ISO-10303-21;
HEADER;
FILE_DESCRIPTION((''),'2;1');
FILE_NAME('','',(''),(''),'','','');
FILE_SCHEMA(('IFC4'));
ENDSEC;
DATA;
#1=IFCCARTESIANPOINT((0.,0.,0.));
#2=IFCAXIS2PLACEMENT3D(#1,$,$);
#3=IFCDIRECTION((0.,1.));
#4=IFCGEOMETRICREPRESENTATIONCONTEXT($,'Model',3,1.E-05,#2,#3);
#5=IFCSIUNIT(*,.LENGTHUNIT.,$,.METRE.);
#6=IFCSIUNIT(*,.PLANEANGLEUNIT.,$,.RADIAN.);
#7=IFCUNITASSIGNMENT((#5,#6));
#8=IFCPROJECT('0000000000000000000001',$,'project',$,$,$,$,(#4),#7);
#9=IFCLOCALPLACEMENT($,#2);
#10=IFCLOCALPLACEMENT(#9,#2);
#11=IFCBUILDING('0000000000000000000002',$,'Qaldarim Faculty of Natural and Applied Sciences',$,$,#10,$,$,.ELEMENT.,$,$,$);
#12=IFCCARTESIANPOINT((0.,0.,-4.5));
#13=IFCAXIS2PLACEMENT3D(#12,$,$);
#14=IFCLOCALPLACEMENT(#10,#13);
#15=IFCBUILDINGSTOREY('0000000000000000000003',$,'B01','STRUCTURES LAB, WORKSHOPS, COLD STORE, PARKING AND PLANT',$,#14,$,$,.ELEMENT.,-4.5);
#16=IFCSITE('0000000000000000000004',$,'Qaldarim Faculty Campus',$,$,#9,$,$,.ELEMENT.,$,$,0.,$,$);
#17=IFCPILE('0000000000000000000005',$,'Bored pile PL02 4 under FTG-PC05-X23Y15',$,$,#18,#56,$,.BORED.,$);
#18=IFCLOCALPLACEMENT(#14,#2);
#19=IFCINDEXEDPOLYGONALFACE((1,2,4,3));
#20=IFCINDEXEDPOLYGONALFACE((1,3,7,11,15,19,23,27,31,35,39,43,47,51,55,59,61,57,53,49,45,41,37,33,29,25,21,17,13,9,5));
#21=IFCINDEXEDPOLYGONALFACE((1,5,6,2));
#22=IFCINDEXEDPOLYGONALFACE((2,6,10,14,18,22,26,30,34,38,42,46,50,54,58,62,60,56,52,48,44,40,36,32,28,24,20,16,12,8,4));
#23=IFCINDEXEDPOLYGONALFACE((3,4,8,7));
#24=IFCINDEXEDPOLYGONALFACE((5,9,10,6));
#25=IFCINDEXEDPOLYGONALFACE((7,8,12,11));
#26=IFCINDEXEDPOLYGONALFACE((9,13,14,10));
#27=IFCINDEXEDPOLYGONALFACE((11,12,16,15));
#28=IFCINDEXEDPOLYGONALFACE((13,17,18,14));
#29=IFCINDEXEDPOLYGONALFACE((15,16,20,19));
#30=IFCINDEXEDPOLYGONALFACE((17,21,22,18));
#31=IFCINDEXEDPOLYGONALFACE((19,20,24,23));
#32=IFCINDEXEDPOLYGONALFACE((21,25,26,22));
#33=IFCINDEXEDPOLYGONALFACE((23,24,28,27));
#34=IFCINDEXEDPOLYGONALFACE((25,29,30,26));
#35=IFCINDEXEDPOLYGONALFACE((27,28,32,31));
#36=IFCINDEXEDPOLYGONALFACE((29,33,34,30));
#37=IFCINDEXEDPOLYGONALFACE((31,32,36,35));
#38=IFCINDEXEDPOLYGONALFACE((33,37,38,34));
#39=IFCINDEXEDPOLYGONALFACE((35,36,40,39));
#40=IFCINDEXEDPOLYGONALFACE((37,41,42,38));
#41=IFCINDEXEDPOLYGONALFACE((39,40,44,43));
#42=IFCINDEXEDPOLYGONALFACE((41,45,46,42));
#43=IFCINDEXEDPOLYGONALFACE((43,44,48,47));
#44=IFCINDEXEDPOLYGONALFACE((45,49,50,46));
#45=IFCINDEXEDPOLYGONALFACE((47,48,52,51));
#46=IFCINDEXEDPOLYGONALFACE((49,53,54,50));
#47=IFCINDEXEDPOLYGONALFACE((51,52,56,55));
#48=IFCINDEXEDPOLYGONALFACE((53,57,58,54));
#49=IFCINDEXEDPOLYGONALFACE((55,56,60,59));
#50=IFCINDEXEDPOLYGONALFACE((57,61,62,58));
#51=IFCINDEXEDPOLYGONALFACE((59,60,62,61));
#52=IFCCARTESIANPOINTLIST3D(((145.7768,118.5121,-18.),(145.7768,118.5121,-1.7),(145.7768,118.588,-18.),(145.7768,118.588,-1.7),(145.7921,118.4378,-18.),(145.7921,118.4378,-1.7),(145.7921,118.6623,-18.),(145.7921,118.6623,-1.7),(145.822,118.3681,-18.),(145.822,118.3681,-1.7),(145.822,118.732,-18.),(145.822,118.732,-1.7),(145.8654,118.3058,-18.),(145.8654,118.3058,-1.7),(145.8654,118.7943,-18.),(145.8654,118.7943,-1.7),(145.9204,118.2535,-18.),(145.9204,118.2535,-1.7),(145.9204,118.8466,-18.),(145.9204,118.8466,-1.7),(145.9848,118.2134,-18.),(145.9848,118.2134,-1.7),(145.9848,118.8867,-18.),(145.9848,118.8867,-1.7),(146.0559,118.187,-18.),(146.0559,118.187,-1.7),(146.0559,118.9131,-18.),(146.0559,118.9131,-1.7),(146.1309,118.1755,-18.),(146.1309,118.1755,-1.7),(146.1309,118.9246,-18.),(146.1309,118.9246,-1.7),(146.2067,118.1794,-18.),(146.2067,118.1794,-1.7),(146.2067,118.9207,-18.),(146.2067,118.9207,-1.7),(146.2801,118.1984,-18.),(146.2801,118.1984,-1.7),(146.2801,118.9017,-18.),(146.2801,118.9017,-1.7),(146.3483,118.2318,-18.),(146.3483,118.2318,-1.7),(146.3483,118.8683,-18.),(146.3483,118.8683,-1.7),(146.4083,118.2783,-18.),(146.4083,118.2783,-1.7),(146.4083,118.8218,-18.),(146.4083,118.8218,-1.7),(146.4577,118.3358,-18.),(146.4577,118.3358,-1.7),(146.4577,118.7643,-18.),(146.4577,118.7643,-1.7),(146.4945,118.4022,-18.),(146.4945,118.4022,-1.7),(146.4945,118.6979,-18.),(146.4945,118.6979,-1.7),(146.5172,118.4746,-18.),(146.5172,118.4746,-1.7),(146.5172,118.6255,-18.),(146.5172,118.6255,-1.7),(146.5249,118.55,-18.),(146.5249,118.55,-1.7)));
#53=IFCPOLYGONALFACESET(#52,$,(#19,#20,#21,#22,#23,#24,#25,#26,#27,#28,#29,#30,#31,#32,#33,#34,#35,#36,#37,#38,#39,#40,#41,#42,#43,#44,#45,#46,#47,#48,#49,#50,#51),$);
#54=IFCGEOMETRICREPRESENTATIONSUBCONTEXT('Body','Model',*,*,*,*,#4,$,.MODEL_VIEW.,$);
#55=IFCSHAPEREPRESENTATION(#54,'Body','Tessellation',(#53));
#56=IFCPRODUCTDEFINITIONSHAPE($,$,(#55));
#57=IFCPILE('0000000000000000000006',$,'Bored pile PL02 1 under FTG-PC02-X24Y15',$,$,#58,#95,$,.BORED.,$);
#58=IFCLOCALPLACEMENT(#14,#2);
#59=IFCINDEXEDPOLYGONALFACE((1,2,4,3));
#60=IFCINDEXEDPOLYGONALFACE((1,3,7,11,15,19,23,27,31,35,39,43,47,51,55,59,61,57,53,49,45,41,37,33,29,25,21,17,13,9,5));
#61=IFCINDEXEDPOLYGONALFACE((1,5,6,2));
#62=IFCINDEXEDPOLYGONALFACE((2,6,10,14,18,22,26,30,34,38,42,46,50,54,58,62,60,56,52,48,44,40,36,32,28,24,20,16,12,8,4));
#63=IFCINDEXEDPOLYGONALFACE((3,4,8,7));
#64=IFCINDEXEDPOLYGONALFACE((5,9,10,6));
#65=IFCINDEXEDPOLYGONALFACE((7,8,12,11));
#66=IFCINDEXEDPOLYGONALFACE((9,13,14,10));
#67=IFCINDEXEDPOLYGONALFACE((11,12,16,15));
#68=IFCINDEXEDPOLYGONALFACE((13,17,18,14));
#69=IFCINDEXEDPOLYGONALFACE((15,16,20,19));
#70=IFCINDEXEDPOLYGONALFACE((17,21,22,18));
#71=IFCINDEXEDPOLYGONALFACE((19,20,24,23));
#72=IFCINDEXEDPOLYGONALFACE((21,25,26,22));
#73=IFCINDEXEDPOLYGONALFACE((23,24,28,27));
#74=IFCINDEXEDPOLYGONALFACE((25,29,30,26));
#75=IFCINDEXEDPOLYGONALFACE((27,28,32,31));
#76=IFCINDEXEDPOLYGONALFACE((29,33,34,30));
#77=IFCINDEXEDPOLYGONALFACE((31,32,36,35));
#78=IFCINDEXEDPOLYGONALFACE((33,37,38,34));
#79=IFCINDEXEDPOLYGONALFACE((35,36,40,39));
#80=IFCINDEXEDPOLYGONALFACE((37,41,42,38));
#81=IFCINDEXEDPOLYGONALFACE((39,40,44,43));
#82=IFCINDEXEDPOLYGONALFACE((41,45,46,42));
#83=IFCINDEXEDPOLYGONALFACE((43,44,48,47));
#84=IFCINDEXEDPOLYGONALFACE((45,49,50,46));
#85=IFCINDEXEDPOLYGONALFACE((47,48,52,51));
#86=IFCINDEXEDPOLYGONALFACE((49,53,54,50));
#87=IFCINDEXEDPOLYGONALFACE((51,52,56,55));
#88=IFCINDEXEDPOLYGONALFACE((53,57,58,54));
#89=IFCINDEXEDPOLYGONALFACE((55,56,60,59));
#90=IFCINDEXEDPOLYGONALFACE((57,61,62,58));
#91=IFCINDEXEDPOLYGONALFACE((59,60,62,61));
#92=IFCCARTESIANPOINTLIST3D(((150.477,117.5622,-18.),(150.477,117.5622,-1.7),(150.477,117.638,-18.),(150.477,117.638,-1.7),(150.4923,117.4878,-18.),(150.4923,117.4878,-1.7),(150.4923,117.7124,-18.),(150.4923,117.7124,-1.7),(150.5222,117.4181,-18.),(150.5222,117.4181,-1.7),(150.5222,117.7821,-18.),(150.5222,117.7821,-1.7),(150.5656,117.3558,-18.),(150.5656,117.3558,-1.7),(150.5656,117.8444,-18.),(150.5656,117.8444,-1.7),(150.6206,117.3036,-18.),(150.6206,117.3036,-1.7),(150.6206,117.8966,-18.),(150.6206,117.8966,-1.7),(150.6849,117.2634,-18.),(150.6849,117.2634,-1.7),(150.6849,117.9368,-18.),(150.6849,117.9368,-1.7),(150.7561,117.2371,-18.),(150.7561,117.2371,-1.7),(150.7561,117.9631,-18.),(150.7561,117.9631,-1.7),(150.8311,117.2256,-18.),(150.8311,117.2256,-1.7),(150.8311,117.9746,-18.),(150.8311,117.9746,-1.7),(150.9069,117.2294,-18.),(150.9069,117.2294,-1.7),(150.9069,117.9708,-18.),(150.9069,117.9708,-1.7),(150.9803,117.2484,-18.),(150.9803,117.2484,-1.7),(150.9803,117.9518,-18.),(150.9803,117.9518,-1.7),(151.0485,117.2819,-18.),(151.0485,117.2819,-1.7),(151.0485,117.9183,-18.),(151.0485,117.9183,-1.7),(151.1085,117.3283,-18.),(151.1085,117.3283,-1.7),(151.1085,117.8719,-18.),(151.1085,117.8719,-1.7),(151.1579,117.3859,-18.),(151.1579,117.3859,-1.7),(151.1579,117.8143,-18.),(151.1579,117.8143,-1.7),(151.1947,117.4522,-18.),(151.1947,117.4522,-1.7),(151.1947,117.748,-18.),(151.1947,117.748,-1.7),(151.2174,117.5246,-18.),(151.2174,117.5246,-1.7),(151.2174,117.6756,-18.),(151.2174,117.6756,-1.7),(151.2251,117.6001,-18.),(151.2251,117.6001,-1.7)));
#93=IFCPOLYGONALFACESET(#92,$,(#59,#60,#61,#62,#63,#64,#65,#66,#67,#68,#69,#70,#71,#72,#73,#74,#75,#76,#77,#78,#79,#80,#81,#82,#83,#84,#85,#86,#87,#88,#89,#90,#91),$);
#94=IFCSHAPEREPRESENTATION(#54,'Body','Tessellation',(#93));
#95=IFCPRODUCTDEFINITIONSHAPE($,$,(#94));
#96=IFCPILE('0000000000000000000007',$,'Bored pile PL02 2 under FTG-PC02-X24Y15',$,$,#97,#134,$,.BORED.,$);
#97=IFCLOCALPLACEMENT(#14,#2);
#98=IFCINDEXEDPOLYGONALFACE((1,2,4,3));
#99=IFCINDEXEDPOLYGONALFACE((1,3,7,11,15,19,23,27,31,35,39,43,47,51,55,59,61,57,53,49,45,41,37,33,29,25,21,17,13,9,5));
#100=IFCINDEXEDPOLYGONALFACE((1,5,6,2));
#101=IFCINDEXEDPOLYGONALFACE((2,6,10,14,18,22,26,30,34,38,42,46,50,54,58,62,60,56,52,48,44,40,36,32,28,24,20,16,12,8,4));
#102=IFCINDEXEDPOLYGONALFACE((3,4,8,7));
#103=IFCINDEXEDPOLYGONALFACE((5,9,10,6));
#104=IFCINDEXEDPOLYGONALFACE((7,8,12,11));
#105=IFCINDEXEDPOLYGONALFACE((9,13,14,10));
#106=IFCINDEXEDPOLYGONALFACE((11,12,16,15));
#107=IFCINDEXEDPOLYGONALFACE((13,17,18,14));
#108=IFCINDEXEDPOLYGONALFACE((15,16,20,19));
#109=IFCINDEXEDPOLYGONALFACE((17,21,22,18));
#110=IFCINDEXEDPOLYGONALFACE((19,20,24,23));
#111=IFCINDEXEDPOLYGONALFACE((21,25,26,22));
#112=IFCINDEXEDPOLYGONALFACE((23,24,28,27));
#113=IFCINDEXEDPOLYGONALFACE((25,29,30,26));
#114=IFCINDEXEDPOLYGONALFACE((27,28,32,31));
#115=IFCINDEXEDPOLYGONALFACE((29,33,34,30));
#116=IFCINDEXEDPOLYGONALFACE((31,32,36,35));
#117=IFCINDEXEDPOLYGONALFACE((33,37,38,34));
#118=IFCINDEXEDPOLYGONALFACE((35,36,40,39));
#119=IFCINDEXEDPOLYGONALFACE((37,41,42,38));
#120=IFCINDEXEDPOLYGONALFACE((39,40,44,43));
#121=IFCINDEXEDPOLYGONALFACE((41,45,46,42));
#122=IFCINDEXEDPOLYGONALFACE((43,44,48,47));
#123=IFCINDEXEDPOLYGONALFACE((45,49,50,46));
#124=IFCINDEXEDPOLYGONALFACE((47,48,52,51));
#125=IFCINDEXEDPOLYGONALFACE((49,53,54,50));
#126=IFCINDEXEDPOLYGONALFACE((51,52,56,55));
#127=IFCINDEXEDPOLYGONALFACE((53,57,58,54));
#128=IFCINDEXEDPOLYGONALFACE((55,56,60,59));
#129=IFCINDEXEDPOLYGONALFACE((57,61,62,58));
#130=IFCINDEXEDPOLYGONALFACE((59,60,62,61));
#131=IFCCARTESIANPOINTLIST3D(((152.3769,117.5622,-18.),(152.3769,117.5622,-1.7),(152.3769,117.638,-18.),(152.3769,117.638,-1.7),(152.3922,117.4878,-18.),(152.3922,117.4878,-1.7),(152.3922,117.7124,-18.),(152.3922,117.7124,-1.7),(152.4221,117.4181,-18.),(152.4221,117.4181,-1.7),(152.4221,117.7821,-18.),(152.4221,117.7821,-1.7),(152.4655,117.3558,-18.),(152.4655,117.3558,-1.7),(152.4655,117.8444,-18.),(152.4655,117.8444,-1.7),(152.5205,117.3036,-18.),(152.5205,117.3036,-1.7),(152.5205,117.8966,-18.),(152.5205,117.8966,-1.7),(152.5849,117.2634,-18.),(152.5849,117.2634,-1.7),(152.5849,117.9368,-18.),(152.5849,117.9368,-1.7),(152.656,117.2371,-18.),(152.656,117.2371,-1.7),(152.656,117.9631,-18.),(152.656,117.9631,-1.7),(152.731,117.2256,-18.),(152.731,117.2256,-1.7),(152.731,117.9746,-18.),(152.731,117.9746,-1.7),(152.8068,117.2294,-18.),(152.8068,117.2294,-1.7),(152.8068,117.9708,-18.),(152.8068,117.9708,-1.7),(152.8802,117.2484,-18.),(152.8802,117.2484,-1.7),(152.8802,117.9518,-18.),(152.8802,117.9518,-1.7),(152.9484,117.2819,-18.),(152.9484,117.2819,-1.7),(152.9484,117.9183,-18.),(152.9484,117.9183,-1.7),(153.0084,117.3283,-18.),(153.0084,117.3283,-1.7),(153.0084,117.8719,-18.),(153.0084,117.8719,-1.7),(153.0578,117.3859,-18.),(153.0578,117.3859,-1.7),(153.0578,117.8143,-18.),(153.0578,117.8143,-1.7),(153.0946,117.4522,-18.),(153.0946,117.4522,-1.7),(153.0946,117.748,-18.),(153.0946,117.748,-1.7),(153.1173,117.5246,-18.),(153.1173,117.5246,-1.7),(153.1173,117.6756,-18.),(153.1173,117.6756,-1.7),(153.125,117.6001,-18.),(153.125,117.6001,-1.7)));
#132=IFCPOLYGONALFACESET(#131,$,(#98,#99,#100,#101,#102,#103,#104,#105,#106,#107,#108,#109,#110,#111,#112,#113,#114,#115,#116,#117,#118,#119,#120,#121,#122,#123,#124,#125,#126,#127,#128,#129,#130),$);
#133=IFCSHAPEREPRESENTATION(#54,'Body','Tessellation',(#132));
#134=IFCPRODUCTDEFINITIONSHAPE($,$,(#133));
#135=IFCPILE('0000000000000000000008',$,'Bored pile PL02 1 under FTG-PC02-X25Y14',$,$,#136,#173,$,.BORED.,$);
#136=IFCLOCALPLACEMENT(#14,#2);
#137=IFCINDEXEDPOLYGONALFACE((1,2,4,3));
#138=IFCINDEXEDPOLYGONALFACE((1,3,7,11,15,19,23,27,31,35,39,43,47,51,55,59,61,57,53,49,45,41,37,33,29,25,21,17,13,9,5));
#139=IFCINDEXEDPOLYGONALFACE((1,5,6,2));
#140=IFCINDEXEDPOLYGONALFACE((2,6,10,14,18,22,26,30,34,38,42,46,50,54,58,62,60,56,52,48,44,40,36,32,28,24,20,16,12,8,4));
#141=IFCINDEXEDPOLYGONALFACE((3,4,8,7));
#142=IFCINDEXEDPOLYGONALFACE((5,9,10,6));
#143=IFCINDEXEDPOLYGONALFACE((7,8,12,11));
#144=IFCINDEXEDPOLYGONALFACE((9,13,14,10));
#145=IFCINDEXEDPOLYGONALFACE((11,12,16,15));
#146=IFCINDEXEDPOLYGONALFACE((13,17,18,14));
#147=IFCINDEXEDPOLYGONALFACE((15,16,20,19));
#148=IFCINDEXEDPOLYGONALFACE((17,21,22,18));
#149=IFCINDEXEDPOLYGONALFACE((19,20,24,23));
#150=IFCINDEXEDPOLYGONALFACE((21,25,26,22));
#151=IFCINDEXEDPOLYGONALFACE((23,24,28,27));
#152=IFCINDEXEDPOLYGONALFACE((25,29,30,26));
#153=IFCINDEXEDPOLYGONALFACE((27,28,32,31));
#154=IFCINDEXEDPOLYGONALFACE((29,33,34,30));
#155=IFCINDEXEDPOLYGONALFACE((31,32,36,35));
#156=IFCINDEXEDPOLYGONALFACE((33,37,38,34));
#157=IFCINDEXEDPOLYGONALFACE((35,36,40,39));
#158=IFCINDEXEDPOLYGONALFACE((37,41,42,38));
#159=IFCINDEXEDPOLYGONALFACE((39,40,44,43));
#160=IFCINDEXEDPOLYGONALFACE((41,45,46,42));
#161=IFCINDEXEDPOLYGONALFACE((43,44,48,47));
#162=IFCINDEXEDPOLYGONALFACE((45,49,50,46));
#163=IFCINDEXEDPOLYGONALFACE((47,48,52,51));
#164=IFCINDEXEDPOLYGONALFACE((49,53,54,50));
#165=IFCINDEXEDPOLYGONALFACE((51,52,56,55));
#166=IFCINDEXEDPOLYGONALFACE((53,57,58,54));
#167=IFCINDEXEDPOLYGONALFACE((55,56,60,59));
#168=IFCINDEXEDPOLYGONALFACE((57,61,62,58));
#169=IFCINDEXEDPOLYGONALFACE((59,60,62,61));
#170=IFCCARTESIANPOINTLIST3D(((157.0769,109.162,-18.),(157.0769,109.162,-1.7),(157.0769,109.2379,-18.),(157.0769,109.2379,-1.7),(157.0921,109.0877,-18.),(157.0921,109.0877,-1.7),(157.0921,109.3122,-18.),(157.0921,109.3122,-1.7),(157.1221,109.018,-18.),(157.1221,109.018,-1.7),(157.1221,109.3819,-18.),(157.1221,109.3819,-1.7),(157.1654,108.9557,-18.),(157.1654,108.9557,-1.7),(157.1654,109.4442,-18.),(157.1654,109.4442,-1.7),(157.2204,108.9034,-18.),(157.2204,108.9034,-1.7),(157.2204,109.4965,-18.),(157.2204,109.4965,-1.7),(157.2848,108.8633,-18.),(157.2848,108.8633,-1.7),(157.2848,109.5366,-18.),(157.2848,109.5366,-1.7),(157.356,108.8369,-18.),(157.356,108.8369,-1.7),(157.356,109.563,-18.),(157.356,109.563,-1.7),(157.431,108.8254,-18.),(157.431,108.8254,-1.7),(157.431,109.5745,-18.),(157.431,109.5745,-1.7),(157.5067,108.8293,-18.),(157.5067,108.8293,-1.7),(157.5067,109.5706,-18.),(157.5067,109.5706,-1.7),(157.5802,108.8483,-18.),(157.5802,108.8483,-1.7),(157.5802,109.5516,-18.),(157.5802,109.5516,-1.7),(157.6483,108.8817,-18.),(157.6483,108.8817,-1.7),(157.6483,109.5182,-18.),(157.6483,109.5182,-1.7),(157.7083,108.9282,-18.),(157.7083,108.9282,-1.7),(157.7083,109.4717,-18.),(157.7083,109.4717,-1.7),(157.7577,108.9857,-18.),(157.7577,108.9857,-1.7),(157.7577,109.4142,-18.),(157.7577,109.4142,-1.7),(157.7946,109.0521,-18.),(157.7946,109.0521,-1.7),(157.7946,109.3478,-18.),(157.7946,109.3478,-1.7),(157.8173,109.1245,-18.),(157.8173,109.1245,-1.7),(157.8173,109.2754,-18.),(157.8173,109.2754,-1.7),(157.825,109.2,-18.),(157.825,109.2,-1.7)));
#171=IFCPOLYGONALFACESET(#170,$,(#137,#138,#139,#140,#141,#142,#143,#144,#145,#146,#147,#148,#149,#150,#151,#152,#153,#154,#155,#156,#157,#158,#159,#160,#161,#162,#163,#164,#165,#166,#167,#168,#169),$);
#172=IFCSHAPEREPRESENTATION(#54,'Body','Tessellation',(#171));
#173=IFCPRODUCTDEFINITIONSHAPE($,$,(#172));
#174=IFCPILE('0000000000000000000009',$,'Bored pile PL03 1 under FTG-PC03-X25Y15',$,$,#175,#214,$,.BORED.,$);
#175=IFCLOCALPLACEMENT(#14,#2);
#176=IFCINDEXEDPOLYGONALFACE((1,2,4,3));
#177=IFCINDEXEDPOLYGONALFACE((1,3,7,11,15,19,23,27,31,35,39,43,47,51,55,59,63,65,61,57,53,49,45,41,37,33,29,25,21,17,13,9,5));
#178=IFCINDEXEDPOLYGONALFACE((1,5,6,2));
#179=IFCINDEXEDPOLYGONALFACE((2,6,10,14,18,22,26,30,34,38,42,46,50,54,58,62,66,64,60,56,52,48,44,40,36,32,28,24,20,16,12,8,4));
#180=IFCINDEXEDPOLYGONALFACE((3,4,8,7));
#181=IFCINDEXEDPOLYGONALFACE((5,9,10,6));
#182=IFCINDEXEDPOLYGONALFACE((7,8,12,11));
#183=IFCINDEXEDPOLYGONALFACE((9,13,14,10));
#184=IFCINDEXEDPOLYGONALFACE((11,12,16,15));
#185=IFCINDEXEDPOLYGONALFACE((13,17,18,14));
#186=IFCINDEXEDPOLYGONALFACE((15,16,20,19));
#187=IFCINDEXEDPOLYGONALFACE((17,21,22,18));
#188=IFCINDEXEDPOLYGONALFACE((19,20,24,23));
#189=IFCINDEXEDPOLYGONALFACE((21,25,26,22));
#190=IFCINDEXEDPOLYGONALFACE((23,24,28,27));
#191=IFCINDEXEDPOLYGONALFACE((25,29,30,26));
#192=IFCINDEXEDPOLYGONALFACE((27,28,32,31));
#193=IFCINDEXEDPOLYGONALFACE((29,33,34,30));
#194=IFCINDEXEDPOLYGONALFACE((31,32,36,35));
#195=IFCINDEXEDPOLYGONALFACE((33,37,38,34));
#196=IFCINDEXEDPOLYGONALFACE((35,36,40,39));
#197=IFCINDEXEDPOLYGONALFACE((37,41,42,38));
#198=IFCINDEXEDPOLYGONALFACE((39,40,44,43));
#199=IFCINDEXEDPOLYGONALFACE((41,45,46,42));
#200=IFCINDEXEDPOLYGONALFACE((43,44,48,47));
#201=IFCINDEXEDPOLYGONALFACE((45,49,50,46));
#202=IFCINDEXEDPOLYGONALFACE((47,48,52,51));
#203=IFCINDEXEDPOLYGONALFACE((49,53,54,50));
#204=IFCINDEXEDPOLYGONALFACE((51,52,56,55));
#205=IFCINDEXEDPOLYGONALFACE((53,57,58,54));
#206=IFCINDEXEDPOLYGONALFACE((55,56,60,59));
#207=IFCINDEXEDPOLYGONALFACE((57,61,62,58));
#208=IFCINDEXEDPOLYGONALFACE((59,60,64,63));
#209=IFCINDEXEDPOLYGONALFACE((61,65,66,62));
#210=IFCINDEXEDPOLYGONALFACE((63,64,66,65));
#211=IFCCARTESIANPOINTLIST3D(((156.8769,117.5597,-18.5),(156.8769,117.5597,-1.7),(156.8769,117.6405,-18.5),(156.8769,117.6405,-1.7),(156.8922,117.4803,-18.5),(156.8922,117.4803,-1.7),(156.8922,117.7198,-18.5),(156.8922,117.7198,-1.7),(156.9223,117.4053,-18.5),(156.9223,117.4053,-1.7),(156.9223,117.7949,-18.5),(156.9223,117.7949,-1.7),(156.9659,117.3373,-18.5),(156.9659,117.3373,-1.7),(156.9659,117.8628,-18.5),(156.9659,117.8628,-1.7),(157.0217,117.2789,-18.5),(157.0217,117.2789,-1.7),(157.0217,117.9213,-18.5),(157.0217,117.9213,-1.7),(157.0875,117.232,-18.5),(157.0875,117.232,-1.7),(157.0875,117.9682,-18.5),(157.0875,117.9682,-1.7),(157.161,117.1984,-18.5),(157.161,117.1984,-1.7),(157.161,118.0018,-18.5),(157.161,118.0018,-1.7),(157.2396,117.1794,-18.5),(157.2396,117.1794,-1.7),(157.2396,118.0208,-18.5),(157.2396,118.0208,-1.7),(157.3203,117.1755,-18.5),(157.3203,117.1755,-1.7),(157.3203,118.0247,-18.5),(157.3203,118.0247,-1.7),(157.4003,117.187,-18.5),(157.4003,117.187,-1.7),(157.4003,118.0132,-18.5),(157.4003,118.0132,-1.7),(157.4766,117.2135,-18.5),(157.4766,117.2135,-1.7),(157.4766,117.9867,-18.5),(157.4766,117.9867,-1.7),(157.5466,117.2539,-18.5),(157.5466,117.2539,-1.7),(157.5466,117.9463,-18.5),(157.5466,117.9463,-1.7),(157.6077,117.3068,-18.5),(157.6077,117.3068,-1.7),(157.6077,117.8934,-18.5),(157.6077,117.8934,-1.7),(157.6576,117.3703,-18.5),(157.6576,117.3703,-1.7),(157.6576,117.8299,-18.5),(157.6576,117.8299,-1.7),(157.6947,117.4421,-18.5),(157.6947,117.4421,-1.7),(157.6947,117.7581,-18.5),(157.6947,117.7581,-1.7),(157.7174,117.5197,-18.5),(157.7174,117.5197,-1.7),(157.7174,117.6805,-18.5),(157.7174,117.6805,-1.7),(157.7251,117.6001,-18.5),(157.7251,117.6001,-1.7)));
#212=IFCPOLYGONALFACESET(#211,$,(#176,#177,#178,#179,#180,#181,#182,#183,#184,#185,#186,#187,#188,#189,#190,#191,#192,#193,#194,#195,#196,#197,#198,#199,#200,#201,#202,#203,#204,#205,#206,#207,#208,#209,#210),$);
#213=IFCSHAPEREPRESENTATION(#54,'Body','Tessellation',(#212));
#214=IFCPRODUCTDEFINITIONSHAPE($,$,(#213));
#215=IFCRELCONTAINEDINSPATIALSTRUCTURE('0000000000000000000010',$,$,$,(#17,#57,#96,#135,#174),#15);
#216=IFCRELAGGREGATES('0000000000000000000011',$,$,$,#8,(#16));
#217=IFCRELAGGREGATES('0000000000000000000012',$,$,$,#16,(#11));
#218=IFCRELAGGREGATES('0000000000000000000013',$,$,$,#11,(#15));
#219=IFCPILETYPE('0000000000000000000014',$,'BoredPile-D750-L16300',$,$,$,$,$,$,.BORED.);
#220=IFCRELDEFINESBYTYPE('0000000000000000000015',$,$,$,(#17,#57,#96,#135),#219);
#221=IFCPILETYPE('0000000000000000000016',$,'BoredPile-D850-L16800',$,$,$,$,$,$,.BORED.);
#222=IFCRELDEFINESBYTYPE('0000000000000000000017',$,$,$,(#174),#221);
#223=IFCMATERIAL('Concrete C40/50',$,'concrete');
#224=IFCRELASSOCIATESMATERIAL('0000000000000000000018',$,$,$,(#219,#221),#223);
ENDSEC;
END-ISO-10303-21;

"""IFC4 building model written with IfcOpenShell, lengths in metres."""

from ifc_helpers import new_model, si_unit, direction, frame, origin, origin_2d, place, context, subcontext, project, spatial, circle, extrude, material, material_profile, profile_set, type_object, element, save


model = new_model("IFC4")

# Units and contexts
model_context = context("Model", 3, precision=1e-05, world=origin(), true_north=direction((0.0, 1.0)))
body_context = subcontext(model_context, "Body", "Model", "MODEL_VIEW")
ifc_project = project(units=[si_unit("LENGTHUNIT", "METRE"), si_unit("PLANEANGLEUNIT", "RADIAN")], contexts=[model_context])

# Site, building, storey
site_placement = place(None, origin())
site = spatial("IfcSite", under=ifc_project, at=site_placement, Name="Qaldarim Faculty Campus", CompositionType="ELEMENT", RefElevation=0.0)
building_placement = place(site_placement, origin())
building = spatial("IfcBuilding", under=site, at=building_placement, Name="Qaldarim Faculty of Natural and Applied Sciences", CompositionType="ELEMENT")
storey_placement = place(building_placement, frame((0.0, 0.0, -4.5)))
storey = spatial("IfcBuildingStorey", under=building, at=storey_placement, Name="B01", Description="STRUCTURES LAB, WORKSHOPS, COLD STORE, PARKING AND PLANT", CompositionType="ELEMENT", Elevation=-4.5)

# Piles
ifc_material_1 = material(Name="Concrete C40/50", Category="concrete")
ifc_material_profile_1 = material_profile(ifc_material_1, circle(Radius=0.375, at=origin_2d()), Name="PILE-D750")
ifc_profile_set_1 = profile_set([ifc_material_profile_1], Name="Concrete C40/50")
pile_type_1 = type_object("IfcPileType", Name="BoredPile-D750-L16300", PredefinedType="BORED", material=ifc_profile_set_1)
for number, where, z_axis, x_axis, name in (
    (1, (146.1499, 118.55, -1.7), (0.0, 0.0, -1.0), (1.0, 0.0, 0.0), "Bored pile PL02 4 under FTG-PC05-X23Y15"),
    (2, (150.8501, 117.6001, -1.7), (0.0, 0.0, -1.0), (1.0, 0.0, 0.0), "Bored pile PL02 1 under FTG-PC02-X24Y15"),
    (3, (152.75, 117.6001, -1.7), (0.0, 0.0, -1.0), (1.0, 0.0, 0.0), "Bored pile PL02 2 under FTG-PC02-X24Y15"),
    (4, (157.45, 109.2, -1.7), (0.0, 0.0, -1.0), (1.0, 0.0, 0.0), "Bored pile PL02 1 under FTG-PC02-X25Y14"),
):
    element("IfcPile", number, at=place(storey_placement, frame(where, z_axis=z_axis, x_axis=x_axis)), inside=storey, type_object=pile_type_1, Name=name, PredefinedType="BORED", context=body_context, shape_type="SweptSolid", body=[
        extrude(circle(Radius=0.375, at=origin_2d()), origin(), (0.0, 0.0, 1.0), 16.3),
    ])
ifc_material_profile_2 = material_profile(ifc_material_1, circle(Radius=0.425, at=origin_2d()), Name="PILE-D850")
ifc_profile_set_2 = profile_set([ifc_material_profile_2], Name="Concrete C40/50")
pile_type_2 = type_object("IfcPileType", Name="BoredPile-D850-L16800", PredefinedType="BORED", material=ifc_profile_set_2)
pile_placement = place(storey_placement, frame((157.3, 117.6001, -1.7), z_axis=(0.0, 0.0, -1.0), x_axis=(1.0, 0.0, 0.0)))
element("IfcPile", 5, at=pile_placement, inside=storey, type_object=pile_type_2, Name="Bored pile PL03 1 under FTG-PC03-X25Y15", PredefinedType="BORED", context=body_context, shape_type="SweptSolid", body=[
    extrude(circle(Radius=0.425, at=origin_2d()), origin(), (0.0, 0.0, 1.0), 16.8),
])

save(model, "model.ifc")
